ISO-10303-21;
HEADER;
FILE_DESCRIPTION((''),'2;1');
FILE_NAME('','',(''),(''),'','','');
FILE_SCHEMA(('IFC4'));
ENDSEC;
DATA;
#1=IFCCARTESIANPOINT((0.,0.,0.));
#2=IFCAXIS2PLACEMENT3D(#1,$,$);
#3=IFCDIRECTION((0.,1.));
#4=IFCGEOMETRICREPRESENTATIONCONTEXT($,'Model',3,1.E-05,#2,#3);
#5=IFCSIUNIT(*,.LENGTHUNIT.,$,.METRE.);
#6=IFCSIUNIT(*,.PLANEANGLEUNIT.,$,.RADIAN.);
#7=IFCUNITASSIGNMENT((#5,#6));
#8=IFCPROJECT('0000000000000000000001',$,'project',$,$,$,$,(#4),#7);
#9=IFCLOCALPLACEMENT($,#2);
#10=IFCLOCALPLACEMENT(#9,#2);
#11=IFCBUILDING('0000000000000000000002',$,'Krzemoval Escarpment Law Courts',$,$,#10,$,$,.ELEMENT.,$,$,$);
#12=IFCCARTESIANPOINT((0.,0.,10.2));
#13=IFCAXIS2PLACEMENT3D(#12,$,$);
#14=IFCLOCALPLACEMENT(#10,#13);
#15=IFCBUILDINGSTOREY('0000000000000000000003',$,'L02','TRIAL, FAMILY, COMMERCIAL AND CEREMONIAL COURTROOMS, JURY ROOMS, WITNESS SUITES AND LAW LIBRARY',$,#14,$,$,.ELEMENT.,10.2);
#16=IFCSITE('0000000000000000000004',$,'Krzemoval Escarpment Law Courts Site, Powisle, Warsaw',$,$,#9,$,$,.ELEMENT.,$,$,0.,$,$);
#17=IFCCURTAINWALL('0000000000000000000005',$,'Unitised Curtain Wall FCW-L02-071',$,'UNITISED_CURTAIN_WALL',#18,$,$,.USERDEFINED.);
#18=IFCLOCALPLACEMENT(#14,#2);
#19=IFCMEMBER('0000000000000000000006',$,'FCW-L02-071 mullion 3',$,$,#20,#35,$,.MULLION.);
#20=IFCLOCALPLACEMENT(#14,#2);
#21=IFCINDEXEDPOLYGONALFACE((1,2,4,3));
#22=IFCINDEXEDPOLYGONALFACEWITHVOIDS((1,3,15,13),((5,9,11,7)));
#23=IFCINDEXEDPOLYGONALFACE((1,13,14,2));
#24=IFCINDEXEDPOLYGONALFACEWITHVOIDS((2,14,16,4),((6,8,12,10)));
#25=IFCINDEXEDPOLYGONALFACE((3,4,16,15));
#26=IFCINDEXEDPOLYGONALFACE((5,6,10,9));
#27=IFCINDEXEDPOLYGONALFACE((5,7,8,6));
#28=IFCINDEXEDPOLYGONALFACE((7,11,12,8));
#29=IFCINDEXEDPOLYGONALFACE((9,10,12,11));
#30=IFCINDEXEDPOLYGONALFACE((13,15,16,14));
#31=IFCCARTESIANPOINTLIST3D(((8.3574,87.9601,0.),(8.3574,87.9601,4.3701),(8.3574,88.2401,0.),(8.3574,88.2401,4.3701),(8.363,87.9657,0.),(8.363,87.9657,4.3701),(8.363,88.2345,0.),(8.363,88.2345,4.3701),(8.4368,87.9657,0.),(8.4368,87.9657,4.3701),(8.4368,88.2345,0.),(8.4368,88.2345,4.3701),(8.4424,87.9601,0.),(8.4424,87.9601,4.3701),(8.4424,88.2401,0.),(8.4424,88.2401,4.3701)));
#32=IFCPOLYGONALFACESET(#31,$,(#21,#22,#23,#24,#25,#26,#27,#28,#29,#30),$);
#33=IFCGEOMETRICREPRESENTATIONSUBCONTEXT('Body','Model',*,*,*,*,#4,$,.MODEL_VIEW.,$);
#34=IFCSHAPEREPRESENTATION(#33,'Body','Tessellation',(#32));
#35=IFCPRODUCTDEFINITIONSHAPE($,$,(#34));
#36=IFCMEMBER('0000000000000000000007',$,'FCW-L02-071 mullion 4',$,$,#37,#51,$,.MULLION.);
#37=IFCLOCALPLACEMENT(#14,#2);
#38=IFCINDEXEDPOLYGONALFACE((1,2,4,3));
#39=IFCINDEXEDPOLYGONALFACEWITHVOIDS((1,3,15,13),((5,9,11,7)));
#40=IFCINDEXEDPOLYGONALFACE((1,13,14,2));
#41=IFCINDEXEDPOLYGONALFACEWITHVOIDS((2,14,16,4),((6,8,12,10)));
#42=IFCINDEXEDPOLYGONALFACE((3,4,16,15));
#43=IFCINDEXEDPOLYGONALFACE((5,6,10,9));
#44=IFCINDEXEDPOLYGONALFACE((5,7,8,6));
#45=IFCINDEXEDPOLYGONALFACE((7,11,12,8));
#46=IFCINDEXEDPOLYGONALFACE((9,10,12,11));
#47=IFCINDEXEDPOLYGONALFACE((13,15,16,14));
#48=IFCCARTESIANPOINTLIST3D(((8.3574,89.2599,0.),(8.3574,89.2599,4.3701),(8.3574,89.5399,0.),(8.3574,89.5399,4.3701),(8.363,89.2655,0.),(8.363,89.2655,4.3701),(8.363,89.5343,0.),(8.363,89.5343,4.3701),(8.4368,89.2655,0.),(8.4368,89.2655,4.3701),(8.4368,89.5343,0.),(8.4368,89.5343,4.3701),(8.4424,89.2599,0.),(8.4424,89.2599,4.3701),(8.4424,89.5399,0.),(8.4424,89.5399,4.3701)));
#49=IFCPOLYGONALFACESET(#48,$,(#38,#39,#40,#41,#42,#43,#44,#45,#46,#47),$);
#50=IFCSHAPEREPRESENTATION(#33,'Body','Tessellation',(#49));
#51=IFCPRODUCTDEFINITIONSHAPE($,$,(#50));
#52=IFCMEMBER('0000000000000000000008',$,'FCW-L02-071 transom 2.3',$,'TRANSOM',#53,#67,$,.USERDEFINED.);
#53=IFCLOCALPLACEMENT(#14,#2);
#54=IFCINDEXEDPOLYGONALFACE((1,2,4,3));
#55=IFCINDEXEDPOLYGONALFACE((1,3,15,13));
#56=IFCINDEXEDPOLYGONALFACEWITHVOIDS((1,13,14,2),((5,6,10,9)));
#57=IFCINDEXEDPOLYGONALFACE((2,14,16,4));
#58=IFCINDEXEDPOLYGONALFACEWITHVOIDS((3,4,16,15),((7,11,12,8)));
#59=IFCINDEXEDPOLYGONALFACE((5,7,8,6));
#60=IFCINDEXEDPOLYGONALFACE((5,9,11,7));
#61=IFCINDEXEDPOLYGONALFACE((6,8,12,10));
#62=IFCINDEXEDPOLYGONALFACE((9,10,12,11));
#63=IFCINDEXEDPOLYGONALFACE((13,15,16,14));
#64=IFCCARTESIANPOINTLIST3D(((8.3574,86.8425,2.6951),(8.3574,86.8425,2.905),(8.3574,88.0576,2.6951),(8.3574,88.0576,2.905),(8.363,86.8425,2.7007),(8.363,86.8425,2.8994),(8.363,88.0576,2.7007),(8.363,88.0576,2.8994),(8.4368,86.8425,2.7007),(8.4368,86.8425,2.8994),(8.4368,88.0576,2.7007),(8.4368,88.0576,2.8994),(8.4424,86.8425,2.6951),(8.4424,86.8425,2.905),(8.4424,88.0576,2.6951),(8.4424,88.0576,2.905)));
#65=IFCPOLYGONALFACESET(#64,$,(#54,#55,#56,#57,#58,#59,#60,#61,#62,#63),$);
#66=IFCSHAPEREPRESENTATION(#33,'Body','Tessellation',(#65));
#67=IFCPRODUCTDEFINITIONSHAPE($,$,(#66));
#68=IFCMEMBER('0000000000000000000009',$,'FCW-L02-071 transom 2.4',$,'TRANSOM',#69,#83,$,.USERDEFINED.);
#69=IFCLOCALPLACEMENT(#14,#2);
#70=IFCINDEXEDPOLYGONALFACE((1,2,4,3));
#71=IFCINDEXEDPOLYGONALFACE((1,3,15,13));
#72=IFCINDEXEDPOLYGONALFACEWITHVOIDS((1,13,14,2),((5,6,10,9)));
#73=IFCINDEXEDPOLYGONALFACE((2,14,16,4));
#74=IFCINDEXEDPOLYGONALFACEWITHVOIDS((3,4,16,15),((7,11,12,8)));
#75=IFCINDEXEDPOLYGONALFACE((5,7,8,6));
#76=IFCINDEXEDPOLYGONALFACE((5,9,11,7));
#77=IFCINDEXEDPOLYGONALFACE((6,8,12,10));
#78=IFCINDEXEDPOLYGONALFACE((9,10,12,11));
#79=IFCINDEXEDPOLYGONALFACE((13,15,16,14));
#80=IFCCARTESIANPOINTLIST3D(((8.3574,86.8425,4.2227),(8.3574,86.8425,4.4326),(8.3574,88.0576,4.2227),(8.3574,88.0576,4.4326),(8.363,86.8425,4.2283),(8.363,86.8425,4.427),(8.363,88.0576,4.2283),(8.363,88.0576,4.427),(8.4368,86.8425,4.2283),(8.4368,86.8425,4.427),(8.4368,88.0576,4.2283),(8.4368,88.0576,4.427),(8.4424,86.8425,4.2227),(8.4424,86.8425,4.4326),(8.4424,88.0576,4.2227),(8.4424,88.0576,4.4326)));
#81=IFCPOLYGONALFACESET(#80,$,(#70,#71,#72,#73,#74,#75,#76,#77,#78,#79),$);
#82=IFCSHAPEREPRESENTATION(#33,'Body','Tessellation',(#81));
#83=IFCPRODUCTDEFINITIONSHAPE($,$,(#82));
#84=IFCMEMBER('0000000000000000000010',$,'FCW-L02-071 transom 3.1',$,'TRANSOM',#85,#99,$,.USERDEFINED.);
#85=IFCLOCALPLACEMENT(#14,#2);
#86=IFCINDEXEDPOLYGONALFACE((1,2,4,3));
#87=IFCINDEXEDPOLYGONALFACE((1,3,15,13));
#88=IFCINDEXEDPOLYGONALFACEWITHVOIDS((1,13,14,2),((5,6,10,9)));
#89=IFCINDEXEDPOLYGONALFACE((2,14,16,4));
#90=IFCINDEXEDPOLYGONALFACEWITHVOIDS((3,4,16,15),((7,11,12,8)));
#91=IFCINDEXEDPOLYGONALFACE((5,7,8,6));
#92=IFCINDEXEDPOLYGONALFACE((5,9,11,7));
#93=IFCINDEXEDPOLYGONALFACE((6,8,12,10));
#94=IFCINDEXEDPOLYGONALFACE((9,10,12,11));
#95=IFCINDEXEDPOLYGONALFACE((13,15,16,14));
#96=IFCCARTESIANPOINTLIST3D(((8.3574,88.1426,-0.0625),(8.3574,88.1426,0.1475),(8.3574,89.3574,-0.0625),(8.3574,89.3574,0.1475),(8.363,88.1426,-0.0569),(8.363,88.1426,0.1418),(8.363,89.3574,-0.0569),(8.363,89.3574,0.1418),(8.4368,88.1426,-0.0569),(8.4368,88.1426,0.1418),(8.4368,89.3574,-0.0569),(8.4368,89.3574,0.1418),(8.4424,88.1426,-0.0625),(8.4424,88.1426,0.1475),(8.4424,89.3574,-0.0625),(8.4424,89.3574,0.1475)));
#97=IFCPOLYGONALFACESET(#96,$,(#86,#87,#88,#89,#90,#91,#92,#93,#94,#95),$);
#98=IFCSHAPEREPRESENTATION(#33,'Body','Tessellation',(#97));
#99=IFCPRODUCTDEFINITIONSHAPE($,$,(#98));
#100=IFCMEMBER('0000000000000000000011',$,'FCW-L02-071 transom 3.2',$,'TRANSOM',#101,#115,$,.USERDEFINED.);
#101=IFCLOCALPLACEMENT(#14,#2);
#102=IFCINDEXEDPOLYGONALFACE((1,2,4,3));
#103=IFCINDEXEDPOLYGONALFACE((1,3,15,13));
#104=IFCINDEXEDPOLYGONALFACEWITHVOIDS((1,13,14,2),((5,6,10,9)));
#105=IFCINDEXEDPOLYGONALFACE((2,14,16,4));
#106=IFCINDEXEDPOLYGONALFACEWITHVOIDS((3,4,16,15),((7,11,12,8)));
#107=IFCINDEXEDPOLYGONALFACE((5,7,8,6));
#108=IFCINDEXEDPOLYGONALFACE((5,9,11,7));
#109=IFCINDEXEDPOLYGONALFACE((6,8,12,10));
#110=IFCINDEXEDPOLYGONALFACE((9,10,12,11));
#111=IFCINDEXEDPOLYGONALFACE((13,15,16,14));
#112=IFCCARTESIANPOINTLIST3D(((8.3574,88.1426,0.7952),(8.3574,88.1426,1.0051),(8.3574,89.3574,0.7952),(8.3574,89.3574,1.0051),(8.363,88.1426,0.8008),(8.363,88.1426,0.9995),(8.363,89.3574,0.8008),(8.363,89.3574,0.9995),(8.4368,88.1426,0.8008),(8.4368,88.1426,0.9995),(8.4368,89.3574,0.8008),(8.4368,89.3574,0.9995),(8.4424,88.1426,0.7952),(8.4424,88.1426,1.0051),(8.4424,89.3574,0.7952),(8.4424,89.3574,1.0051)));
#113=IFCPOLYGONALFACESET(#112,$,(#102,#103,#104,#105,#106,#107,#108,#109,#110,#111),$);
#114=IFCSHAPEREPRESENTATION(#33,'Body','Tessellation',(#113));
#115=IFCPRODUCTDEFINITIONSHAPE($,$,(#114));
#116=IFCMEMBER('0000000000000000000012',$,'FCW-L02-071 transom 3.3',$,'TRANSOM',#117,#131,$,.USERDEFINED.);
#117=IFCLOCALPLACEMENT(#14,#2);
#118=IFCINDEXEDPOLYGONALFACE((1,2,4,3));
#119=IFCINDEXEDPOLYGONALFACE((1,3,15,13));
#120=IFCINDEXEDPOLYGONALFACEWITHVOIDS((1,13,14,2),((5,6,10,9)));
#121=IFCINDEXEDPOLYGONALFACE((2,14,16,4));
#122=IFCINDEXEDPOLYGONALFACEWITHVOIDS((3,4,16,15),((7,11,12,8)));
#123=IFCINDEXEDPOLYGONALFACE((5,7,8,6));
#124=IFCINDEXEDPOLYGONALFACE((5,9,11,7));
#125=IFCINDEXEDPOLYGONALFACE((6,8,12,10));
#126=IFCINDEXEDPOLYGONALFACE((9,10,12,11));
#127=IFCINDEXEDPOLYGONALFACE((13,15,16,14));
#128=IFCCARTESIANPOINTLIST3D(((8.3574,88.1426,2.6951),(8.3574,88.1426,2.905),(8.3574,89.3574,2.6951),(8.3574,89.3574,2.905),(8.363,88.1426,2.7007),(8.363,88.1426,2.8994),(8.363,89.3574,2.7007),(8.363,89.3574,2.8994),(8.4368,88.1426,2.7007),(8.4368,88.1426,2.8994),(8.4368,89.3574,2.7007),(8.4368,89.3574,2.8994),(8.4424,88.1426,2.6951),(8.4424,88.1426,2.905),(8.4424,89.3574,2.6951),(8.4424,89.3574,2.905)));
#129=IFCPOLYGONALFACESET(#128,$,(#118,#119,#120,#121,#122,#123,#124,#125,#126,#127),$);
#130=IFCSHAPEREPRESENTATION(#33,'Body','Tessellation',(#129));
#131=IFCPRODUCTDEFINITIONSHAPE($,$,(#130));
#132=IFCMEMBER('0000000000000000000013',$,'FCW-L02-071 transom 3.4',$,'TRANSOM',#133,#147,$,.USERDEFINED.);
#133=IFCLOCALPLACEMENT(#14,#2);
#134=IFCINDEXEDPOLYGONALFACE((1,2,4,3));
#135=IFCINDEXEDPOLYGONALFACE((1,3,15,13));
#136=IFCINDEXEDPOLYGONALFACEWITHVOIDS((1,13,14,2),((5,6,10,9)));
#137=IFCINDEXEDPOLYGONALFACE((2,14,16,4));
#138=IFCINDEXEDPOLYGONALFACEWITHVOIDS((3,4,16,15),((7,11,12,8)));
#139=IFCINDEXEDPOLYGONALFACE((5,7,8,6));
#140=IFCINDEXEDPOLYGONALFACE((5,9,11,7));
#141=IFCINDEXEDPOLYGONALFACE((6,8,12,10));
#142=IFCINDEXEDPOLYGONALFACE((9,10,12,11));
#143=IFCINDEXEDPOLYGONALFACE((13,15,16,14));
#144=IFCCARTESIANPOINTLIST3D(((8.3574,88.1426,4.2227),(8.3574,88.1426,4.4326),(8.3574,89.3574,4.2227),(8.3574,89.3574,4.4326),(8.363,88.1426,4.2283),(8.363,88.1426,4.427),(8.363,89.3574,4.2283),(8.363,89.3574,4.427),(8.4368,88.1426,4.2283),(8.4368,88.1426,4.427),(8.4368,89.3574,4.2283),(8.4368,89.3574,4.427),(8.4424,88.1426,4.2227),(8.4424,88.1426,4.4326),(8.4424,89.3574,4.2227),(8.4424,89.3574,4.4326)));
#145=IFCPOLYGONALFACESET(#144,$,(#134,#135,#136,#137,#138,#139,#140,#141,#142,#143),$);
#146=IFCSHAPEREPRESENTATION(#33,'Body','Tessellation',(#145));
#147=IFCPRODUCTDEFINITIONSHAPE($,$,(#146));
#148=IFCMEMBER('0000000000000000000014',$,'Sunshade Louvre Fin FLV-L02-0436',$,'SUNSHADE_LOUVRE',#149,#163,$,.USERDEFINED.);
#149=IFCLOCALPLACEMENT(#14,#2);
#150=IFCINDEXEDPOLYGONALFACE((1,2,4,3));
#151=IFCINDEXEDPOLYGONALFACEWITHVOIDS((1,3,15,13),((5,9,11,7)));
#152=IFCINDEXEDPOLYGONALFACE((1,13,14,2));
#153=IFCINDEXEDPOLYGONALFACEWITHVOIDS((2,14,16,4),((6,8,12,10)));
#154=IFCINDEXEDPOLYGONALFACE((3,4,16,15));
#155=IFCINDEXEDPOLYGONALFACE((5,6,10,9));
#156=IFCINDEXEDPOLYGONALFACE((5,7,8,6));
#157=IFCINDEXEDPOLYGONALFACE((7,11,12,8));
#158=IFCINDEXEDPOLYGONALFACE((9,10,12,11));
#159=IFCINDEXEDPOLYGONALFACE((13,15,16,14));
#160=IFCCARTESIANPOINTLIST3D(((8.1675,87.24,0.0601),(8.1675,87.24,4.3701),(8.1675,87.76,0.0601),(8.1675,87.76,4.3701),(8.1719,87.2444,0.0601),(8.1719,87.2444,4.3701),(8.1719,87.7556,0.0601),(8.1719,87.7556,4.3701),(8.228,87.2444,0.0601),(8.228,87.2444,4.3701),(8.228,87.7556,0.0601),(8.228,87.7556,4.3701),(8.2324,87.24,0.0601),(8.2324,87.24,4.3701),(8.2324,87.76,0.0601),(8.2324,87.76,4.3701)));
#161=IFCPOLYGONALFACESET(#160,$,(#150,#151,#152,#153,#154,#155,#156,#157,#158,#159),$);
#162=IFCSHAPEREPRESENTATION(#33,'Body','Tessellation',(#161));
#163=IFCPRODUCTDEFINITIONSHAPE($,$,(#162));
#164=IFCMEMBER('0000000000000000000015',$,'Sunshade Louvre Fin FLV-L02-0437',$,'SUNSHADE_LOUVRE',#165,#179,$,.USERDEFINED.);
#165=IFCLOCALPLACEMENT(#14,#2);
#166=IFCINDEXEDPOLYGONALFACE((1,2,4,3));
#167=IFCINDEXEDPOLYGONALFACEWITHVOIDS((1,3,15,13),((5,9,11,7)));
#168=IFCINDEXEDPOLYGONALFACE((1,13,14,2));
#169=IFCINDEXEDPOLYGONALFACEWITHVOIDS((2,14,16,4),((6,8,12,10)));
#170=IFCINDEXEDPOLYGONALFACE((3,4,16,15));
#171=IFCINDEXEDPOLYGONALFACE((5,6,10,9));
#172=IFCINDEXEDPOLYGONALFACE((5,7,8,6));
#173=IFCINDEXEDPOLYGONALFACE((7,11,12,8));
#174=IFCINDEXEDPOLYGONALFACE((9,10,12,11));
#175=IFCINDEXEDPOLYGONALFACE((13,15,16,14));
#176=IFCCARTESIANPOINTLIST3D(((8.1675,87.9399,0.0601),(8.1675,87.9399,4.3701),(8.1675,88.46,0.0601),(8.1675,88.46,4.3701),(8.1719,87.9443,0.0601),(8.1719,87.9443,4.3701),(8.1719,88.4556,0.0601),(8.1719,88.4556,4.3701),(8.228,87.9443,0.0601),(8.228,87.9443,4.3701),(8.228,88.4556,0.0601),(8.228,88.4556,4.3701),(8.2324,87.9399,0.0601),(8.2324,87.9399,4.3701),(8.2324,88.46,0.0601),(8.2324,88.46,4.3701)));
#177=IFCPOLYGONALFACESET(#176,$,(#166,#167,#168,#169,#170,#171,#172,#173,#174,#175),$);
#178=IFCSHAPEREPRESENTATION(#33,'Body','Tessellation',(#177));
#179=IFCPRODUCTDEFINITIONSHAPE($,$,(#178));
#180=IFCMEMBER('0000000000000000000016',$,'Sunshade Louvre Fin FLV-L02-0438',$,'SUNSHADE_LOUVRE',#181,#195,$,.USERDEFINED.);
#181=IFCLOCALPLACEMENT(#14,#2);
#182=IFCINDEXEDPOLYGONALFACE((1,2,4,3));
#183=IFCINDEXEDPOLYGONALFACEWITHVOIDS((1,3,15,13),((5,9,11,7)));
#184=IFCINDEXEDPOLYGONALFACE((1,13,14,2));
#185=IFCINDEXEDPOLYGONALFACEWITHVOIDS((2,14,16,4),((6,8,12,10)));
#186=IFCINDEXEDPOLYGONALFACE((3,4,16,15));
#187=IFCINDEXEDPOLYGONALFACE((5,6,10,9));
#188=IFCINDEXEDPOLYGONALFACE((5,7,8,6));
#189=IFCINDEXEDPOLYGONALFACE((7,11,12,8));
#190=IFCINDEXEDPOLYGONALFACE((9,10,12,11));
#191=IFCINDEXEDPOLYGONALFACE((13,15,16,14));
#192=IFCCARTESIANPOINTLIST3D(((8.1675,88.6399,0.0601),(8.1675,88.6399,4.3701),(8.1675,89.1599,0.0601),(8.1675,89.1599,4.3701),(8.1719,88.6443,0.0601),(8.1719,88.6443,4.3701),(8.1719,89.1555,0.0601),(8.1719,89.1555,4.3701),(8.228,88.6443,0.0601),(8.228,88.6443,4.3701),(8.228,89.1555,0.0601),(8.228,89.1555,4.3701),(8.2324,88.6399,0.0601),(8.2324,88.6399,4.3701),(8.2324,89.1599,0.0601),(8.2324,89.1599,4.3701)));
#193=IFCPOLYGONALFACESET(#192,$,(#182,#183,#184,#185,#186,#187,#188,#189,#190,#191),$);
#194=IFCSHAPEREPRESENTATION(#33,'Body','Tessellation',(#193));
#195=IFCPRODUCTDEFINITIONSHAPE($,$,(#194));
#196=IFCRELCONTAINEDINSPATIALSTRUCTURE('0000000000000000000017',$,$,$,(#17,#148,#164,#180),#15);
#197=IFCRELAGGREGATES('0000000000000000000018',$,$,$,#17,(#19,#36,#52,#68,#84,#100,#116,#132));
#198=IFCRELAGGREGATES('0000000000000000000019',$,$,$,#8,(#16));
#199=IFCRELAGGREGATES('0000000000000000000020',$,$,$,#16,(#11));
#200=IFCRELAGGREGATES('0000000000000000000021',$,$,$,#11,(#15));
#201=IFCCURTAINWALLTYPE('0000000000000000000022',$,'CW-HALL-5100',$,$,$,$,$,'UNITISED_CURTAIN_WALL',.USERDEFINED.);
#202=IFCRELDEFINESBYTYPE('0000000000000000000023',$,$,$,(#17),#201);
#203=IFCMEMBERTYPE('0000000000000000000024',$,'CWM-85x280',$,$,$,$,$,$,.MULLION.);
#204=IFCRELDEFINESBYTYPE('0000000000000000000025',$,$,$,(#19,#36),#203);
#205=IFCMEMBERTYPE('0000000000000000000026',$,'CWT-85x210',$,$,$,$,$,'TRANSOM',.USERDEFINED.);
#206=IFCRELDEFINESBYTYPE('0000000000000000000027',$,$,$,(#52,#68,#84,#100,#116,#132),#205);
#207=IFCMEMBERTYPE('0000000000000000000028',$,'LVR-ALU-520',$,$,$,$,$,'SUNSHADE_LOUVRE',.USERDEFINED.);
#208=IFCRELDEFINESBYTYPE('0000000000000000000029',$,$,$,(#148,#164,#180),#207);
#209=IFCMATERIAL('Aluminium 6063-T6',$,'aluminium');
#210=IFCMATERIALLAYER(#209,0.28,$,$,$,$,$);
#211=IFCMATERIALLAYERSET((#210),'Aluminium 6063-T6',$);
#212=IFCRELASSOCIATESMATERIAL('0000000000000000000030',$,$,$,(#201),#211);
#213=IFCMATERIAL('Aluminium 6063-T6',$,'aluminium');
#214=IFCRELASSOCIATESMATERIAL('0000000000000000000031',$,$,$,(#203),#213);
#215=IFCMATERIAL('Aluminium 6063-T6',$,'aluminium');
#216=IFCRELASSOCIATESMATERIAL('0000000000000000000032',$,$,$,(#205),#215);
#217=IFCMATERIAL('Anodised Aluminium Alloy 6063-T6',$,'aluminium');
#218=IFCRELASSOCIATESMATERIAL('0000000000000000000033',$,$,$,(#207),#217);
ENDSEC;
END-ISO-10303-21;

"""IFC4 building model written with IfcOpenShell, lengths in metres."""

from ifc_helpers import new_model, si_unit, direction, frame, origin, origin_2d, place, context, subcontext, project, spatial, hollow_rectangle, extrude, material, layer, layer_set, material_profile, profile_set, type_object, element, aggregate, save


model = new_model("IFC4")

# Units and contexts
model_context = context("Model", 3, precision=1e-05, world=origin(), true_north=direction((0.0, 1.0)))
body_context = subcontext(model_context, "Body", "Model", "MODEL_VIEW")
ifc_project = project(units=[si_unit("LENGTHUNIT", "METRE"), si_unit("PLANEANGLEUNIT", "RADIAN")], contexts=[model_context])

# Site, building, storey
site_placement = place(None, origin())
site = spatial("IfcSite", under=ifc_project, at=site_placement, Name="Krzemoval Escarpment Law Courts Site, Powisle, Warsaw", CompositionType="ELEMENT", RefElevation=0.0)
building_placement = place(site_placement, origin())
building = spatial("IfcBuilding", under=site, at=building_placement, Name="Krzemoval Escarpment Law Courts", CompositionType="ELEMENT")
storey_placement = place(building_placement, frame((0.0, 0.0, 10.2)))
storey = spatial("IfcBuildingStorey", under=building, at=storey_placement, Name="L02", Description="TRIAL, FAMILY, COMMERCIAL AND CEREMONIAL COURTROOMS, JURY ROOMS, WITNESS SUITES AND LAW LIBRARY", CompositionType="ELEMENT", Elevation=10.2)

# Curtain wall, members
ifc_material_1 = material(Name="Aluminium 6063-T6", Category="aluminium")
ifc_layer_1 = layer(ifc_material_1, 0.28)
ifc_layer_set_1 = layer_set([ifc_layer_1], Name="Aluminium 6063-T6")
curtain_wall_type = type_object("IfcCurtainWallType", Name="CW-HALL-5100", ElementType="UNITISED_CURTAIN_WALL", PredefinedType="USERDEFINED", material=ifc_layer_set_1)
curtain_wall_placement = place(storey_placement, origin())
curtain_wall = element("IfcCurtainWall", 1, at=curtain_wall_placement, inside=storey, type_object=curtain_wall_type, Name="Unitised Curtain Wall FCW-L02-071", ObjectType="UNITISED_CURTAIN_WALL", PredefinedType="USERDEFINED")
ifc_material_2 = material(Name="Aluminium 6063-T6", Category="aluminium")
ifc_material_profile_1 = material_profile(ifc_material_2, hollow_rectangle(XDim=0.085, YDim=0.28, WallThickness=0.0056, at=origin_2d()), Name="ALU M85x280")
ifc_profile_set_1 = profile_set([ifc_material_profile_1], Name="Aluminium 6063-T6")
member_type_1 = type_object("IfcMemberType", Name="CWM-85x280", PredefinedType="MULLION", material=ifc_profile_set_1)
member_1_placement = place(storey_placement, frame((8.3999, 88.1001, 0.0), z_axis=(0.0, 0.0, 1.0), x_axis=(-1.0, 0.0, 0.0)))
member_1 = element("IfcMember", 2, at=member_1_placement, type_object=member_type_1, Name="FCW-L02-071 mullion 3", PredefinedType="MULLION", context=body_context, shape_type="SweptSolid", body=[
    extrude(hollow_rectangle(XDim=0.085, YDim=0.28, WallThickness=0.0056, at=origin_2d()), origin(), (0.0, 0.0, 1.0), 4.3701),
])
member_2_placement = place(storey_placement, frame((8.3999, 89.3999, 0.0), z_axis=(0.0, 0.0, 1.0), x_axis=(-1.0, 0.0, 0.0)))
member_2 = element("IfcMember", 3, at=member_2_placement, type_object=member_type_1, Name="FCW-L02-071 mullion 4", PredefinedType="MULLION", context=body_context, shape_type="SweptSolid", body=[
    extrude(hollow_rectangle(XDim=0.085, YDim=0.28, WallThickness=0.0056, at=origin_2d()), origin(), (0.0, 0.0, 1.0), 4.3701),
])
ifc_material_3 = material(Name="Aluminium 6063-T6", Category="aluminium")
ifc_material_profile_2 = material_profile(ifc_material_3, hollow_rectangle(XDim=0.085, YDim=0.21, WallThickness=0.0056, at=origin_2d()), Name="ALU T85x210")
ifc_profile_set_2 = profile_set([ifc_material_profile_2], Name="Aluminium 6063-T6")
member_type_2 = type_object("IfcMemberType", Name="CWT-85x210", ElementType="TRANSOM", PredefinedType="USERDEFINED", material=ifc_profile_set_2)
member_3_placement = place(storey_placement, frame((8.3999, 86.8425, 2.8), z_axis=(0.0, 1.0, 0.0), x_axis=(-1.0, 0.0, 0.0)))
member_3 = element("IfcMember", 4, at=member_3_placement, type_object=member_type_2, Name="FCW-L02-071 transom 2.3", ObjectType="TRANSOM", PredefinedType="USERDEFINED", context=body_context, shape_type="SweptSolid", body=[
    extrude(hollow_rectangle(XDim=0.085, YDim=0.21, WallThickness=0.0056, at=origin_2d()), origin(), (0.0, 0.0, 1.0), 1.2151),
])
member_4_placement = place(storey_placement, frame((8.3999, 86.8425, 4.3276), z_axis=(0.0, 1.0, 0.0), x_axis=(-1.0, 0.0, 0.0)))
member_4 = element("IfcMember", 5, at=member_4_placement, type_object=member_type_2, Name="FCW-L02-071 transom 2.4", ObjectType="TRANSOM", PredefinedType="USERDEFINED", context=body_context, shape_type="SweptSolid", body=[
    extrude(hollow_rectangle(XDim=0.085, YDim=0.21, WallThickness=0.0056, at=origin_2d()), origin(), (0.0, 0.0, 1.0), 1.2151),
])
member_5_placement = place(storey_placement, frame((8.3999, 88.1426, 0.0425), z_axis=(0.0, 1.0, 0.0), x_axis=(-1.0, 0.0, 0.0)))
member_5 = element("IfcMember", 6, at=member_5_placement, type_object=member_type_2, Name="FCW-L02-071 transom 3.1", ObjectType="TRANSOM", PredefinedType="USERDEFINED", context=body_context, shape_type="SweptSolid", body=[
    extrude(hollow_rectangle(XDim=0.085, YDim=0.21, WallThickness=0.0056, at=origin_2d()), origin(), (0.0, 0.0, 1.0), 1.2148),
])
member_6_placement = place(storey_placement, frame((8.3999, 88.1426, 0.9001), z_axis=(0.0, 1.0, 0.0), x_axis=(-1.0, 0.0, 0.0)))
member_6 = element("IfcMember", 7, at=member_6_placement, type_object=member_type_2, Name="FCW-L02-071 transom 3.2", ObjectType="TRANSOM", PredefinedType="USERDEFINED", context=body_context, shape_type="SweptSolid", body=[
    extrude(hollow_rectangle(XDim=0.085, YDim=0.21, WallThickness=0.0056, at=origin_2d()), origin(), (0.0, 0.0, 1.0), 1.2148),
])
member_7_placement = place(storey_placement, frame((8.3999, 88.1426, 2.8), z_axis=(0.0, 1.0, 0.0), x_axis=(-1.0, 0.0, 0.0)))
member_7 = element("IfcMember", 8, at=member_7_placement, type_object=member_type_2, Name="FCW-L02-071 transom 3.3", ObjectType="TRANSOM", PredefinedType="USERDEFINED", context=body_context, shape_type="SweptSolid", body=[
    extrude(hollow_rectangle(XDim=0.085, YDim=0.21, WallThickness=0.0056, at=origin_2d()), origin(), (0.0, 0.0, 1.0), 1.2148),
])
member_8_placement = place(storey_placement, frame((8.3999, 88.1426, 4.3276), z_axis=(0.0, 1.0, 0.0), x_axis=(-1.0, 0.0, 0.0)))
member_8 = element("IfcMember", 9, at=member_8_placement, type_object=member_type_2, Name="FCW-L02-071 transom 3.4", ObjectType="TRANSOM", PredefinedType="USERDEFINED", context=body_context, shape_type="SweptSolid", body=[
    extrude(hollow_rectangle(XDim=0.085, YDim=0.21, WallThickness=0.0056, at=origin_2d()), origin(), (0.0, 0.0, 1.0), 1.2148),
])

# Members
ifc_material_4 = material(Name="Anodised Aluminium Alloy 6063-T6", Category="aluminium")
ifc_material_profile_3 = material_profile(ifc_material_4, hollow_rectangle(XDim=0.0649, YDim=0.52, WallThickness=0.0044, at=origin_2d()), Name="ALU LVR 65x520")
ifc_profile_set_3 = profile_set([ifc_material_profile_3], Name="Anodised Aluminium Alloy 6063-T6")
member_type_3 = type_object("IfcMemberType", Name="LVR-ALU-520", ElementType="SUNSHADE_LOUVRE", PredefinedType="USERDEFINED", material=ifc_profile_set_3)
for number, where, z_axis, x_axis, name in (
    (10, (8.2, 87.5, 0.0601), (0.0, 0.0, 1.0), (1.0, 0.0, 0.0), "Sunshade Louvre Fin FLV-L02-0436"),
    (11, (8.2, 88.2, 0.0601), (0.0, 0.0, 1.0), (1.0, 0.0, 0.0), "Sunshade Louvre Fin FLV-L02-0437"),
    (12, (8.2, 88.8999, 0.0601), (0.0, 0.0, 1.0), (1.0, 0.0, 0.0), "Sunshade Louvre Fin FLV-L02-0438"),
):
    element("IfcMember", number, at=place(storey_placement, frame(where, z_axis=z_axis, x_axis=x_axis)), inside=storey, type_object=member_type_3, Name=name, ObjectType="SUNSHADE_LOUVRE", PredefinedType="USERDEFINED", context=body_context, shape_type="SweptSolid", body=[
        extrude(hollow_rectangle(XDim=0.0649, YDim=0.52, WallThickness=0.0044, at=origin_2d()), origin(), (0.0, 0.0, 1.0), 4.3101),
    ])

aggregate(curtain_wall, [member_1, member_2, member_3, member_4, member_5, member_6, member_7, member_8])

save(model, "model.ifc")
